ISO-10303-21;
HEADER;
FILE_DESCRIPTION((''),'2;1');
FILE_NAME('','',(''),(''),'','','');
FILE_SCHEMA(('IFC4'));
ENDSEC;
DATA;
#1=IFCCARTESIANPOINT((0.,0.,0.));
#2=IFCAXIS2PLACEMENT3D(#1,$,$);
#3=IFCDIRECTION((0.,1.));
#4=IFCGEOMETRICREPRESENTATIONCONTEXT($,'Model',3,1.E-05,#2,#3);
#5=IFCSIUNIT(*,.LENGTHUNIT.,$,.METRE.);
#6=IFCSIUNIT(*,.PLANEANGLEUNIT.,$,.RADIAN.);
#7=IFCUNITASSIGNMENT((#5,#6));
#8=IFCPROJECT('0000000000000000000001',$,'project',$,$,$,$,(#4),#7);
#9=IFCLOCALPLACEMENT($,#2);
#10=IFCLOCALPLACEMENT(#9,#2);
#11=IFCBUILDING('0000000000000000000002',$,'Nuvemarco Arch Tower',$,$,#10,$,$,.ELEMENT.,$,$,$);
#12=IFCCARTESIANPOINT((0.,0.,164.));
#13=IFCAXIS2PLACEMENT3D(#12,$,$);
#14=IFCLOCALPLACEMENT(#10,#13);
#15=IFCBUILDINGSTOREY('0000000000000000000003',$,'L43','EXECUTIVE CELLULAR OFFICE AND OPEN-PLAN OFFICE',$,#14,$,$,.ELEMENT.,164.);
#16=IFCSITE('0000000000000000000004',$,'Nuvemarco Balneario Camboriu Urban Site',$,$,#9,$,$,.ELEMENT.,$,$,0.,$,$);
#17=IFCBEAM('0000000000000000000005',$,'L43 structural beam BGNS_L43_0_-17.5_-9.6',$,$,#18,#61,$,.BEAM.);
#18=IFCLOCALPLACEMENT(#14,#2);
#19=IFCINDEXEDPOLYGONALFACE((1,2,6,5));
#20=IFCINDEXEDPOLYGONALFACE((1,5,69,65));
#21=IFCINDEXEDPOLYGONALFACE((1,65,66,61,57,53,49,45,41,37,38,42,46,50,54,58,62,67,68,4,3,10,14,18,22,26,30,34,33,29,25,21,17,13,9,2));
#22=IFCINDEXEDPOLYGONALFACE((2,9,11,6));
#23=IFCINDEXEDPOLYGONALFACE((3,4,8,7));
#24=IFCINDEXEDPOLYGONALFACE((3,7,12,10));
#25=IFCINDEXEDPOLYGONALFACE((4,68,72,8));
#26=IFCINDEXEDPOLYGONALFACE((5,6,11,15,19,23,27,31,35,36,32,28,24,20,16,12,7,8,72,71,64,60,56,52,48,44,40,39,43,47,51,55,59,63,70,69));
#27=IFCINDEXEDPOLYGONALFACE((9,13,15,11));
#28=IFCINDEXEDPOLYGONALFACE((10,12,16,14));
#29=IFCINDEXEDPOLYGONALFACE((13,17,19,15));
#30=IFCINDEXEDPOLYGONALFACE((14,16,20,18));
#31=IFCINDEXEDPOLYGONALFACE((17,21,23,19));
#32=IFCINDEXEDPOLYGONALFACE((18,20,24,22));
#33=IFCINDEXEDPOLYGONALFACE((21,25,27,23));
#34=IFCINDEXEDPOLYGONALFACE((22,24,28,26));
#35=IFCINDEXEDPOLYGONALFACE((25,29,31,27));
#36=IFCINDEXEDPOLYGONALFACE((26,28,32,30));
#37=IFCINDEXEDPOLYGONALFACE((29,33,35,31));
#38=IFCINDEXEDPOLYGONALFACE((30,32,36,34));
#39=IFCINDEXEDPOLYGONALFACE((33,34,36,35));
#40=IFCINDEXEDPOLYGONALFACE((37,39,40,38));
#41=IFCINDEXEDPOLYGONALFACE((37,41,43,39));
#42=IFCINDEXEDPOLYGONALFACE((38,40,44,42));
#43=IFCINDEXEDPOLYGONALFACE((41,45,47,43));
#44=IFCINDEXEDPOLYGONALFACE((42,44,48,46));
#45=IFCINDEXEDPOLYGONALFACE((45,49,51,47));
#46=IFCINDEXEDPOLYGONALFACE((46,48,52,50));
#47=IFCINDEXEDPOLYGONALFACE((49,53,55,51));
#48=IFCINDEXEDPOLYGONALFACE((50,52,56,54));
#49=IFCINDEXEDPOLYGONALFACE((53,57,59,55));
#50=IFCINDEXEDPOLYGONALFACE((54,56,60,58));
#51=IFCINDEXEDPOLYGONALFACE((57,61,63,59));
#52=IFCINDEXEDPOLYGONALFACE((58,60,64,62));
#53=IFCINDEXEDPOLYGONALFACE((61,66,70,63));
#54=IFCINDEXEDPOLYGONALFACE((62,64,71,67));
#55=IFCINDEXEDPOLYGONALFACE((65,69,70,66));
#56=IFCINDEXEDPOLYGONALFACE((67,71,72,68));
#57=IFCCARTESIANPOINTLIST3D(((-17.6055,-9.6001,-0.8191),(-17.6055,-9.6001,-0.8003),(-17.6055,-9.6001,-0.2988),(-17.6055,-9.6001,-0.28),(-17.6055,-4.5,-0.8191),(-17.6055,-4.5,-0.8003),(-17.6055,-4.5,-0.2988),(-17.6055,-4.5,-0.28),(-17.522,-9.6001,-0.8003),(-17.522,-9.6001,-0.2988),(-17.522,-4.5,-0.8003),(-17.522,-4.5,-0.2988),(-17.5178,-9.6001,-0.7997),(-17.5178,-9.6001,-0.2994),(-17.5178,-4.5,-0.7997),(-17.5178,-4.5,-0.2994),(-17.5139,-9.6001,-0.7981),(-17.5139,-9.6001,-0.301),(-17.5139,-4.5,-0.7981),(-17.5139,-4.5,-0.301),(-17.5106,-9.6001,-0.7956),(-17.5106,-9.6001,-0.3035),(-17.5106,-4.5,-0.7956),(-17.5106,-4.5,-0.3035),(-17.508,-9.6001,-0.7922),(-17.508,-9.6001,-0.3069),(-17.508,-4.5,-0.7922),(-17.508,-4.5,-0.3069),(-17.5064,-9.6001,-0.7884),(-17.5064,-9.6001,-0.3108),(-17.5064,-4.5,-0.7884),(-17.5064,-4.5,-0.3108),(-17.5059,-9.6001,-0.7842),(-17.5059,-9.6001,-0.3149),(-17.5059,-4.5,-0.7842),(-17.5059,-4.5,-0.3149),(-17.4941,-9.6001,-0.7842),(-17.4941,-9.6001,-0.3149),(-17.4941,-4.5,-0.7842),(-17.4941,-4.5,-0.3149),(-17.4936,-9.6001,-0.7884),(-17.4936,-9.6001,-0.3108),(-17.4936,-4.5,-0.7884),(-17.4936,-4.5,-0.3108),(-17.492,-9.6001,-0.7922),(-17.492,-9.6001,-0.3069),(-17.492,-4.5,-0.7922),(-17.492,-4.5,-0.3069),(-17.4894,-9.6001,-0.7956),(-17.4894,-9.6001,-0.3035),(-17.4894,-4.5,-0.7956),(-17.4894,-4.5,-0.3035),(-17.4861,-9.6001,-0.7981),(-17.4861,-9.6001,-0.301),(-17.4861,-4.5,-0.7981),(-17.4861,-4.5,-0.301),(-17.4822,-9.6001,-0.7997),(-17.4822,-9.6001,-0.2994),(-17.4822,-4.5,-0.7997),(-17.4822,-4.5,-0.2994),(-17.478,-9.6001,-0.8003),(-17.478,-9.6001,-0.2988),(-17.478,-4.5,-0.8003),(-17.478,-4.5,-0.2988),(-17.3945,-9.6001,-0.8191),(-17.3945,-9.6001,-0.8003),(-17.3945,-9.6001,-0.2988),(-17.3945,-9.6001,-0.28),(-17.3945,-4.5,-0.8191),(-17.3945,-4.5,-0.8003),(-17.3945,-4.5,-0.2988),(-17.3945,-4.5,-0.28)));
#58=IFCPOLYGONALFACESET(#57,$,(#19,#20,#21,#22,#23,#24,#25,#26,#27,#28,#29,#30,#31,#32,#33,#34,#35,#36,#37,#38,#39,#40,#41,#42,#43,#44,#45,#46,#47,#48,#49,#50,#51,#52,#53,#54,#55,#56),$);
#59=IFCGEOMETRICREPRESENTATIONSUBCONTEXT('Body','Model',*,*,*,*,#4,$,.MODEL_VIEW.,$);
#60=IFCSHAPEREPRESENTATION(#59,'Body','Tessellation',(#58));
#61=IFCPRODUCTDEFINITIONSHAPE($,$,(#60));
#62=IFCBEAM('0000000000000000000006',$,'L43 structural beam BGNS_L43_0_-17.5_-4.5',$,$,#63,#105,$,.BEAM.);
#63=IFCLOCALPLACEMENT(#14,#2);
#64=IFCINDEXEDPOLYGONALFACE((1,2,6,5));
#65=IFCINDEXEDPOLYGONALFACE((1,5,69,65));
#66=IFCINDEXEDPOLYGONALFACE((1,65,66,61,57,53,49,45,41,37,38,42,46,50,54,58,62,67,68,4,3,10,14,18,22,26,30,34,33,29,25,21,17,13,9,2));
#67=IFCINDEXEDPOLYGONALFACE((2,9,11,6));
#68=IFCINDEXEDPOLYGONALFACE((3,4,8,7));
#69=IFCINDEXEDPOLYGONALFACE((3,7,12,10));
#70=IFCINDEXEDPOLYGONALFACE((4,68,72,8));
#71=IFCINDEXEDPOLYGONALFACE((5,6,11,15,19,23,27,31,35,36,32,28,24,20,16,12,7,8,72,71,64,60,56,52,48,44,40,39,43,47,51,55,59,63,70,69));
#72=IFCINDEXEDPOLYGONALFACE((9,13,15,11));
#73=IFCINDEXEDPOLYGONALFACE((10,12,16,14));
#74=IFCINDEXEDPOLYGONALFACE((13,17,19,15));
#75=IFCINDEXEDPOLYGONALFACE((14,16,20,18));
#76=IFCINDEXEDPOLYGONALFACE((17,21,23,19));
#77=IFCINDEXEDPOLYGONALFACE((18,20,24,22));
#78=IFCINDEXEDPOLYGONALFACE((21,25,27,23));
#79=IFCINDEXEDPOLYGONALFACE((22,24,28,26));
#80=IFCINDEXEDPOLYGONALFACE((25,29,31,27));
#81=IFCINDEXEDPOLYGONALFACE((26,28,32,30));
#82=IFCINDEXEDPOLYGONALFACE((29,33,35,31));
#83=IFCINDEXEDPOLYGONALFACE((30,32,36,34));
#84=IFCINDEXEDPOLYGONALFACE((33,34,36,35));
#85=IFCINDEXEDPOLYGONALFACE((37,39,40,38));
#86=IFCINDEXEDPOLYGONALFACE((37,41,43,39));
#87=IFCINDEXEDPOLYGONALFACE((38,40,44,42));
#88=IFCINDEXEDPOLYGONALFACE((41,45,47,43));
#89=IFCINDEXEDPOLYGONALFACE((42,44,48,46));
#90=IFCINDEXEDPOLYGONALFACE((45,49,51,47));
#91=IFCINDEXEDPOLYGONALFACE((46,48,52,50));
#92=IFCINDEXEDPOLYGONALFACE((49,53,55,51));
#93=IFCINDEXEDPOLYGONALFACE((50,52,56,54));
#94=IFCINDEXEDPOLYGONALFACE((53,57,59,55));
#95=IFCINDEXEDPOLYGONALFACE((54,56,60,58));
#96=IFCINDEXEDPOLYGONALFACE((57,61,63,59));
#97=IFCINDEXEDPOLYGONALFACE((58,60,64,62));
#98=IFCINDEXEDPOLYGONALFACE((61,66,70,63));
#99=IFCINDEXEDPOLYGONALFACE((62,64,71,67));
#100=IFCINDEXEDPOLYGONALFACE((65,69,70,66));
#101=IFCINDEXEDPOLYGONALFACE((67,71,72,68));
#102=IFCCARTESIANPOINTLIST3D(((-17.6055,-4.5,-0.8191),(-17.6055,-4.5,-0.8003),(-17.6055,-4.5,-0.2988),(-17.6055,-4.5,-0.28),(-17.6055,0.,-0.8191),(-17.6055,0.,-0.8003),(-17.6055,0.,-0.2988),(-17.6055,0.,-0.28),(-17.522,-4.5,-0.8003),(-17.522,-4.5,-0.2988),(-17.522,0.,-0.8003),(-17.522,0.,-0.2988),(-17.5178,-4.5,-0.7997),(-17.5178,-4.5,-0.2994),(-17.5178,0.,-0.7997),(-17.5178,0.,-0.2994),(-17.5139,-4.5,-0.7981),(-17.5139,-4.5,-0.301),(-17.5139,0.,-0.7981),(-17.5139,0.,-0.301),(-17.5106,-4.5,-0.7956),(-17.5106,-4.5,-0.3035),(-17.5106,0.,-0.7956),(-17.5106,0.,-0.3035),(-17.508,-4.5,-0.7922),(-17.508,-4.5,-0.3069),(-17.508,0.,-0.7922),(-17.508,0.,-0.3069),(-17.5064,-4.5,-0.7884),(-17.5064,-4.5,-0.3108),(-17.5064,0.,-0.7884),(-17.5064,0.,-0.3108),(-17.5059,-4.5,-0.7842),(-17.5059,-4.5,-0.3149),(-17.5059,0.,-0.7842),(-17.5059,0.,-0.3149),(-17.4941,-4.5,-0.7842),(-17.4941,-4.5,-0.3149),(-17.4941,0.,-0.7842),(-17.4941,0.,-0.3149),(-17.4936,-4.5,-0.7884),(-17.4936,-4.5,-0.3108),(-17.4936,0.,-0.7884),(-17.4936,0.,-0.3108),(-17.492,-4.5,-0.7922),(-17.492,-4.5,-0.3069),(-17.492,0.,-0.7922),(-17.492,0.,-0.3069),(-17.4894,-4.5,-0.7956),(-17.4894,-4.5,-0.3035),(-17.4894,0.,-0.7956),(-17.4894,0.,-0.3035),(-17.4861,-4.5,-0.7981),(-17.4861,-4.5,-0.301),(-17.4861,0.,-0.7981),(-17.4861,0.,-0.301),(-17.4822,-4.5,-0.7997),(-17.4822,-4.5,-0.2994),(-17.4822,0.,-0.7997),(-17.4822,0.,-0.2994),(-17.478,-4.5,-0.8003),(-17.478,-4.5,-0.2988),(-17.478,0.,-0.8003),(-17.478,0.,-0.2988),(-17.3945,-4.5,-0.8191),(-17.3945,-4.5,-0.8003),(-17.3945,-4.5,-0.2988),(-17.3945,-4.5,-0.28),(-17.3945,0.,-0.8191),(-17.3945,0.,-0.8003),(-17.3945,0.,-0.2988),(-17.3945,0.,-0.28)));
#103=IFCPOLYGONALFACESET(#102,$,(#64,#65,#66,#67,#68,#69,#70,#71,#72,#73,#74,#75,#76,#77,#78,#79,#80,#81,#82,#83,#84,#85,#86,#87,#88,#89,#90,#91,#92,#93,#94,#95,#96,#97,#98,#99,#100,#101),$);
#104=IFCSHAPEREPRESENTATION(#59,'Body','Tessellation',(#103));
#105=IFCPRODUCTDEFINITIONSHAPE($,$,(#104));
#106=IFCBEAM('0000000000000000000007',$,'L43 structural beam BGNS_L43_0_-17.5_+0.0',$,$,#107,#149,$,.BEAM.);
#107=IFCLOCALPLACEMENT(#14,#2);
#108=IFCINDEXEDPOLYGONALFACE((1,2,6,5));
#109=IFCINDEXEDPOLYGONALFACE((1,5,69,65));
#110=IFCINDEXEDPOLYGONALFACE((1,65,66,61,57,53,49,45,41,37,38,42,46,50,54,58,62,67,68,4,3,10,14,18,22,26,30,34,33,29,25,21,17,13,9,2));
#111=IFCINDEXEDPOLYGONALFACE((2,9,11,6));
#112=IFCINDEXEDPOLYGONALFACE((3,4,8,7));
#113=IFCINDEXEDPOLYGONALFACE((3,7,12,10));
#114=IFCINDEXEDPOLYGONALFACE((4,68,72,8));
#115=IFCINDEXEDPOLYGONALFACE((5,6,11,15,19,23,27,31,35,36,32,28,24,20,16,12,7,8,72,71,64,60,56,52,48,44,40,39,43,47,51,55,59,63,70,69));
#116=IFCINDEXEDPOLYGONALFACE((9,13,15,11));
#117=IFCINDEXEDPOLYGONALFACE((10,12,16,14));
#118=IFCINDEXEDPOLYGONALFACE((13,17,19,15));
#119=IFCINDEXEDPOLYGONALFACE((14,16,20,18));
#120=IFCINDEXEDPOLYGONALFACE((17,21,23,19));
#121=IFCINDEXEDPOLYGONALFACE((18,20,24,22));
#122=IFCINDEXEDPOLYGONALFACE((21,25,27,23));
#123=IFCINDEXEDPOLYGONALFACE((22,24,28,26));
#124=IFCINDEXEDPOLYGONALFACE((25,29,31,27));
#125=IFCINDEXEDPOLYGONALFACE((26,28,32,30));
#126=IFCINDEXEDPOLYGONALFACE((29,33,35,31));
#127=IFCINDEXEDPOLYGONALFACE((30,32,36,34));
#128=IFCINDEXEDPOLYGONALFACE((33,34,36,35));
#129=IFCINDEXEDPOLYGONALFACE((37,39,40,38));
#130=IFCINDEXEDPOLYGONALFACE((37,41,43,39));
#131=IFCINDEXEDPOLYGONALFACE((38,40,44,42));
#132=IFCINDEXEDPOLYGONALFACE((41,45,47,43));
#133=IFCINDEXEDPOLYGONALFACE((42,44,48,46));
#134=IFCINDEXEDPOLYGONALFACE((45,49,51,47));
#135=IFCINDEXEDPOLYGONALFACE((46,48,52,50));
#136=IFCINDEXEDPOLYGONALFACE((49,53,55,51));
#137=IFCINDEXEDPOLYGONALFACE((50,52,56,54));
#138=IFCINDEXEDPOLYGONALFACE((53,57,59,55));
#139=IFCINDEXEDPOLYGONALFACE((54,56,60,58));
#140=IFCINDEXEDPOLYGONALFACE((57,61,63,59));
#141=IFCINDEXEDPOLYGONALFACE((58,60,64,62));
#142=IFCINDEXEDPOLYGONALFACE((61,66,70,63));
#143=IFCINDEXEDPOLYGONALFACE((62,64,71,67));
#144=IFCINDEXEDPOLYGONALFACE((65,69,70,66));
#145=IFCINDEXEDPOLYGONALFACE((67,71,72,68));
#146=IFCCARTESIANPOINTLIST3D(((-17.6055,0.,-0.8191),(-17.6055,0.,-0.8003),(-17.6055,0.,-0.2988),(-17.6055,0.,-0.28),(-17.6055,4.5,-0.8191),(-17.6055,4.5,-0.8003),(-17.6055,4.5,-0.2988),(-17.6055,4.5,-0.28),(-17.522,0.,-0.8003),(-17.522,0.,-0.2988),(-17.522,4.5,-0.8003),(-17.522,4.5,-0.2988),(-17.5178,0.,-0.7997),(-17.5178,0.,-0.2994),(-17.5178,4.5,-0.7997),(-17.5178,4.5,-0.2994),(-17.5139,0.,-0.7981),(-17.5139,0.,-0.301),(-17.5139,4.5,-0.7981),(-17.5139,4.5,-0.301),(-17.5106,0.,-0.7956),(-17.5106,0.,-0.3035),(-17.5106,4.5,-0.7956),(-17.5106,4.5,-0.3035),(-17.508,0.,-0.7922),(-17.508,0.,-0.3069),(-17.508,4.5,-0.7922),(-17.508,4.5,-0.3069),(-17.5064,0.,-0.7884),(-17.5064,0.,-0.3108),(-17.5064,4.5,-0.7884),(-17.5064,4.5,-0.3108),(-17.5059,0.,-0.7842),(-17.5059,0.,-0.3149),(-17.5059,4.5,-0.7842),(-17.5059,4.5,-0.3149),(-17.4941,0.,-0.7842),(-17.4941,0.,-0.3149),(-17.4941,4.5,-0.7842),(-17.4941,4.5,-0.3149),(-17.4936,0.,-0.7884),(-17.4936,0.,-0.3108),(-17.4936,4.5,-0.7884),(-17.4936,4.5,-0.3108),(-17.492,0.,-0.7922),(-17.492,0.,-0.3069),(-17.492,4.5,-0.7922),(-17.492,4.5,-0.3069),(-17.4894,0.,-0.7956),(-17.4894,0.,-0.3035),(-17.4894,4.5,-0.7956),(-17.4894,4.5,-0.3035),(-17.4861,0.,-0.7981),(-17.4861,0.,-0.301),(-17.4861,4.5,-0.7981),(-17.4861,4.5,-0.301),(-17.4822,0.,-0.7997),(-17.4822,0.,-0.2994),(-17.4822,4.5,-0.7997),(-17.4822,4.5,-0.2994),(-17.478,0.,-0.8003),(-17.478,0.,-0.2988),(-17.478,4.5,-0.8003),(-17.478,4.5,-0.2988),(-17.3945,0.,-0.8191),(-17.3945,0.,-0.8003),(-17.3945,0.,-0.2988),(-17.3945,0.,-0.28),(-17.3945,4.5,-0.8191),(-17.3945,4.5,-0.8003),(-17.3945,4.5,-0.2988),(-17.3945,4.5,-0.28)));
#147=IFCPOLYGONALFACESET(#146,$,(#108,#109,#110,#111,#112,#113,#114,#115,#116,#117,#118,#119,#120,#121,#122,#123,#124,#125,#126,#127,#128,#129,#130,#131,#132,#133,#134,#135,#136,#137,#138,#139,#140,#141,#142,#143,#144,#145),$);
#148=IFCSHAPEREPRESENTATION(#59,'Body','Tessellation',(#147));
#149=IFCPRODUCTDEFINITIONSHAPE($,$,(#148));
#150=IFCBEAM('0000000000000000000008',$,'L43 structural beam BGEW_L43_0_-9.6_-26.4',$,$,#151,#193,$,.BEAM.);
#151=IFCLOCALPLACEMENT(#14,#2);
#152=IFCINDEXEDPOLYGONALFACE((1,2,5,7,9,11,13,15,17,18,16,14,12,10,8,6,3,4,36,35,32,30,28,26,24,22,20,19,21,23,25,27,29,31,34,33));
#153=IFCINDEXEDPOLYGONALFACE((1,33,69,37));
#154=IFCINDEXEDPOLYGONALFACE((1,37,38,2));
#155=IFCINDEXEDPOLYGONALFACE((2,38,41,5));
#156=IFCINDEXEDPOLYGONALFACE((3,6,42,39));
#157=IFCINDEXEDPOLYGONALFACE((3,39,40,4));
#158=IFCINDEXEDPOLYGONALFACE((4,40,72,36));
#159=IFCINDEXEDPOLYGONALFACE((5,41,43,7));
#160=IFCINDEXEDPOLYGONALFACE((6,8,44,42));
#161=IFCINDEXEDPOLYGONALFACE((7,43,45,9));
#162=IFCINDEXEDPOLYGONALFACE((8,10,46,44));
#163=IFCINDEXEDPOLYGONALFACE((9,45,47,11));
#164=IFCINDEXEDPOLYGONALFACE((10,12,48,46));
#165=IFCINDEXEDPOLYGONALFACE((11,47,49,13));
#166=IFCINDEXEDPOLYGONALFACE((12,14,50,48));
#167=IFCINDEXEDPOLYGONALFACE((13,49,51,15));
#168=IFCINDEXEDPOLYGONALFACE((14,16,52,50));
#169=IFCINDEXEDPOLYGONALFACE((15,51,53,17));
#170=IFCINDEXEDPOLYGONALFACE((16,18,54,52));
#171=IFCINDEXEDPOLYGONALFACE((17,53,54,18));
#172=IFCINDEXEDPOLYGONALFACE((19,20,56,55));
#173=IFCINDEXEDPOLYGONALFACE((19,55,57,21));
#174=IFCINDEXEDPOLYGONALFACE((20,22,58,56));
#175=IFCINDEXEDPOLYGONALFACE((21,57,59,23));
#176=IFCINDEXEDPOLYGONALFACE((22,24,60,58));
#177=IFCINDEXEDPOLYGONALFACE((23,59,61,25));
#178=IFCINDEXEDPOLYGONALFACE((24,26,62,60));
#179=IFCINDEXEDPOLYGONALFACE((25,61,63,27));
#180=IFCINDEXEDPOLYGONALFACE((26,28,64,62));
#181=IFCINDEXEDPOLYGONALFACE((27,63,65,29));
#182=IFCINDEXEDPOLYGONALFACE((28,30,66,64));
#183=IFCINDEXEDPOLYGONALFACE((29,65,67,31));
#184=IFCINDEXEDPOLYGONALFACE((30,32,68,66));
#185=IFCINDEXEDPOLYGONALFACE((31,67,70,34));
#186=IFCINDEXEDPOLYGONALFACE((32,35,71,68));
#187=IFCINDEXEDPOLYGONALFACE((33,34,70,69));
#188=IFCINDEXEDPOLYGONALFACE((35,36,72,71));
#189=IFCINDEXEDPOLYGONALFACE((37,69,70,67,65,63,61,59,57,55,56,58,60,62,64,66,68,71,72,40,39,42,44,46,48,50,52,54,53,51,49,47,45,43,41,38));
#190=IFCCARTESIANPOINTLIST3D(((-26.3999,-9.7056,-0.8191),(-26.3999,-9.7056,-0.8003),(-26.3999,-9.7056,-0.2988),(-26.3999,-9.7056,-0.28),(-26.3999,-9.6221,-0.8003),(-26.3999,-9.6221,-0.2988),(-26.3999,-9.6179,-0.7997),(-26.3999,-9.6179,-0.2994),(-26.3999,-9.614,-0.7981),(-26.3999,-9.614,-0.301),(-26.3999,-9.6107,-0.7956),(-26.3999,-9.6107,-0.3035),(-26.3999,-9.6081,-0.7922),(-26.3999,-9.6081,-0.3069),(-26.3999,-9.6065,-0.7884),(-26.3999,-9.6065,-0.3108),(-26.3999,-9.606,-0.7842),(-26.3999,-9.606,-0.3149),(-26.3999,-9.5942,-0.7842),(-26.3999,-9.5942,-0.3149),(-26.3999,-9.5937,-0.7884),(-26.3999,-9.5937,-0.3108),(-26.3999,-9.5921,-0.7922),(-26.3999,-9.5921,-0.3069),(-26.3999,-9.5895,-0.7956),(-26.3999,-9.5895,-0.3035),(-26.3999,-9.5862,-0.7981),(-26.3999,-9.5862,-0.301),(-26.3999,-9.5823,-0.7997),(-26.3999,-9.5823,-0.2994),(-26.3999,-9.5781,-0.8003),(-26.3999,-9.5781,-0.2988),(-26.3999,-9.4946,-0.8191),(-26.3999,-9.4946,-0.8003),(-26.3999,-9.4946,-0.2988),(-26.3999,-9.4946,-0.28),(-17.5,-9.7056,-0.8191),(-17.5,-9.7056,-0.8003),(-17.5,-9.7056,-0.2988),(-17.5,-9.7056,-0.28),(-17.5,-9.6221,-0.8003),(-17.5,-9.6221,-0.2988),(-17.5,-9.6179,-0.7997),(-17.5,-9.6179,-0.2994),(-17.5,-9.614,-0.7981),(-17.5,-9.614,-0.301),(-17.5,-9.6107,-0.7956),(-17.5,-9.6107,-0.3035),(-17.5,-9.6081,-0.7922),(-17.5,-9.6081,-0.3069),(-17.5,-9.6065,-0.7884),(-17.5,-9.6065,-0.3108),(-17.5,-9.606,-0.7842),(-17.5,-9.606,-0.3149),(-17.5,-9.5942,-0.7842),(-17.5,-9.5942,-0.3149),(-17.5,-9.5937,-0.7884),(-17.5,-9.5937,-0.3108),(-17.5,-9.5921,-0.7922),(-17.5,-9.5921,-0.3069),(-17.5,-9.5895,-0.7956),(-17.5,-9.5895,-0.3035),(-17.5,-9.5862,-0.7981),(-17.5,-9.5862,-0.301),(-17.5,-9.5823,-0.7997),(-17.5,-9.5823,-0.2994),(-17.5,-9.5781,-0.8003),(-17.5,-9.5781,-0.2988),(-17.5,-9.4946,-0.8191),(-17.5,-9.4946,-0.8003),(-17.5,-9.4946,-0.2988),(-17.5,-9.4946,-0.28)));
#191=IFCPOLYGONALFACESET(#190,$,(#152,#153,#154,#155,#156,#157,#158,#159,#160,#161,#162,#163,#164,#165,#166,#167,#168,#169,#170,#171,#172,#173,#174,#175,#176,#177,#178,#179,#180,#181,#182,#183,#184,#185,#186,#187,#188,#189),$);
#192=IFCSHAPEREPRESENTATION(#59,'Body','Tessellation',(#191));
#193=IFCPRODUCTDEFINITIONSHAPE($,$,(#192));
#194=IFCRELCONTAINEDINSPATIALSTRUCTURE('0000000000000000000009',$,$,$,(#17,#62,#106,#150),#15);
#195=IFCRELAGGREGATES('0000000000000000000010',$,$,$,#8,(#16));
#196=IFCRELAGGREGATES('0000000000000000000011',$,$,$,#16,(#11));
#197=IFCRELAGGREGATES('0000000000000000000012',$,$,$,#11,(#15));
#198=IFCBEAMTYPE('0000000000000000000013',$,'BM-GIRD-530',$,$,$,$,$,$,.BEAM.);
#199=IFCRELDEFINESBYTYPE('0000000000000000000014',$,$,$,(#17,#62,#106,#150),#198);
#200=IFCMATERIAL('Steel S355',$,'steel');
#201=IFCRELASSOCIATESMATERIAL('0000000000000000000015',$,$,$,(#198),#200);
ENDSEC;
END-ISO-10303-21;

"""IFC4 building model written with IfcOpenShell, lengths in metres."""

from ifc_helpers import new_model, si_unit, direction, frame, origin, origin_2d, place, context, subcontext, project, spatial, i_section, extrude, material, material_profile, profile_set, type_object, element, save


model = new_model("IFC4")

# Units and contexts
model_context = context("Model", 3, precision=1e-05, world=origin(), true_north=direction((0.0, 1.0)))
body_context = subcontext(model_context, "Body", "Model", "MODEL_VIEW")
ifc_project = project(units=[si_unit("LENGTHUNIT", "METRE"), si_unit("PLANEANGLEUNIT", "RADIAN")], contexts=[model_context])

# Site, building, storey
site_placement = place(None, origin())
site = spatial("IfcSite", under=ifc_project, at=site_placement, Name="Nuvemarco Balneario Camboriu Urban Site", CompositionType="ELEMENT", RefElevation=0.0)
building_placement = place(site_placement, origin())
building = spatial("IfcBuilding", under=site, at=building_placement, Name="Nuvemarco Arch Tower", CompositionType="ELEMENT")
storey_placement = place(building_placement, frame((0.0, 0.0, 164.0)))
storey = spatial("IfcBuildingStorey", under=building, at=storey_placement, Name="L43", Description="EXECUTIVE CELLULAR OFFICE AND OPEN-PLAN OFFICE", CompositionType="ELEMENT", Elevation=164.0)

# Shared definitions
ifc_material_1 = material(Name="Steel S355", Category="steel")

# Beams
ifc_material_profile_1 = material_profile(ifc_material_1, i_section(OverallWidth=0.2109, OverallDepth=0.5391, WebThickness=0.0117, FlangeThickness=0.0188, FilletRadius=0.0161, at=origin_2d()), Name="W530x109")
ifc_profile_set_1 = profile_set([ifc_material_profile_1], Name="Steel S355")
beam_type_1 = type_object("IfcBeamType", Name="BM-GIRD-530", PredefinedType="BEAM", material=ifc_profile_set_1)
beam_1_placement = place(storey_placement, frame((-17.5, -9.6001, -0.5496), z_axis=(0.0, 1.0, 0.0), x_axis=(-1.0, 0.0, 0.0)))
element("IfcBeam", 1, at=beam_1_placement, inside=storey, type_object=beam_type_1, Name="L43 structural beam BGNS_L43_0_-17.5_-9.6", PredefinedType="BEAM", context=body_context, shape_type="SweptSolid", body=[
    extrude(i_section(OverallWidth=0.2109, OverallDepth=0.5391, WebThickness=0.0117, FlangeThickness=0.0188, FilletRadius=0.0161, at=origin_2d()), origin(), (0.0, 0.0, 1.0), 5.1001),
])
for number, where, z_axis, x_axis, name in (
    (2, (-17.5, -4.5, -0.5496), (0.0, 1.0, 0.0), (-1.0, 0.0, 0.0), "L43 structural beam BGNS_L43_0_-17.5_-4.5"),
    (3, (-17.5, 0.0, -0.5496), (0.0, 1.0, 0.0), (-1.0, 0.0, 0.0), "L43 structural beam BGNS_L43_0_-17.5_+0.0"),
):
    element("IfcBeam", number, at=place(storey_placement, frame(where, z_axis=z_axis, x_axis=x_axis)), inside=storey, type_object=beam_type_1, Name=name, PredefinedType="BEAM", context=body_context, shape_type="SweptSolid", body=[
        extrude(i_section(OverallWidth=0.2109, OverallDepth=0.5391, WebThickness=0.0117, FlangeThickness=0.0188, FilletRadius=0.0161, at=origin_2d()), origin(), (0.0, 0.0, 1.0), 4.5),
    ])
beam_2_placement = place(storey_placement, frame((-26.3999, -9.6001, -0.5496), z_axis=(1.0, 0.0, 0.0), x_axis=(0.0, 1.0, 0.0)))
element("IfcBeam", 4, at=beam_2_placement, inside=storey, type_object=beam_type_1, Name="L43 structural beam BGEW_L43_0_-9.6_-26.4", PredefinedType="BEAM", context=body_context, shape_type="SweptSolid", body=[
    extrude(i_section(OverallWidth=0.2109, OverallDepth=0.5391, WebThickness=0.0117, FlangeThickness=0.0188, FilletRadius=0.0161, at=origin_2d()), origin(), (0.0, 0.0, 1.0), 8.8999),
])

save(model, "model.ifc")
